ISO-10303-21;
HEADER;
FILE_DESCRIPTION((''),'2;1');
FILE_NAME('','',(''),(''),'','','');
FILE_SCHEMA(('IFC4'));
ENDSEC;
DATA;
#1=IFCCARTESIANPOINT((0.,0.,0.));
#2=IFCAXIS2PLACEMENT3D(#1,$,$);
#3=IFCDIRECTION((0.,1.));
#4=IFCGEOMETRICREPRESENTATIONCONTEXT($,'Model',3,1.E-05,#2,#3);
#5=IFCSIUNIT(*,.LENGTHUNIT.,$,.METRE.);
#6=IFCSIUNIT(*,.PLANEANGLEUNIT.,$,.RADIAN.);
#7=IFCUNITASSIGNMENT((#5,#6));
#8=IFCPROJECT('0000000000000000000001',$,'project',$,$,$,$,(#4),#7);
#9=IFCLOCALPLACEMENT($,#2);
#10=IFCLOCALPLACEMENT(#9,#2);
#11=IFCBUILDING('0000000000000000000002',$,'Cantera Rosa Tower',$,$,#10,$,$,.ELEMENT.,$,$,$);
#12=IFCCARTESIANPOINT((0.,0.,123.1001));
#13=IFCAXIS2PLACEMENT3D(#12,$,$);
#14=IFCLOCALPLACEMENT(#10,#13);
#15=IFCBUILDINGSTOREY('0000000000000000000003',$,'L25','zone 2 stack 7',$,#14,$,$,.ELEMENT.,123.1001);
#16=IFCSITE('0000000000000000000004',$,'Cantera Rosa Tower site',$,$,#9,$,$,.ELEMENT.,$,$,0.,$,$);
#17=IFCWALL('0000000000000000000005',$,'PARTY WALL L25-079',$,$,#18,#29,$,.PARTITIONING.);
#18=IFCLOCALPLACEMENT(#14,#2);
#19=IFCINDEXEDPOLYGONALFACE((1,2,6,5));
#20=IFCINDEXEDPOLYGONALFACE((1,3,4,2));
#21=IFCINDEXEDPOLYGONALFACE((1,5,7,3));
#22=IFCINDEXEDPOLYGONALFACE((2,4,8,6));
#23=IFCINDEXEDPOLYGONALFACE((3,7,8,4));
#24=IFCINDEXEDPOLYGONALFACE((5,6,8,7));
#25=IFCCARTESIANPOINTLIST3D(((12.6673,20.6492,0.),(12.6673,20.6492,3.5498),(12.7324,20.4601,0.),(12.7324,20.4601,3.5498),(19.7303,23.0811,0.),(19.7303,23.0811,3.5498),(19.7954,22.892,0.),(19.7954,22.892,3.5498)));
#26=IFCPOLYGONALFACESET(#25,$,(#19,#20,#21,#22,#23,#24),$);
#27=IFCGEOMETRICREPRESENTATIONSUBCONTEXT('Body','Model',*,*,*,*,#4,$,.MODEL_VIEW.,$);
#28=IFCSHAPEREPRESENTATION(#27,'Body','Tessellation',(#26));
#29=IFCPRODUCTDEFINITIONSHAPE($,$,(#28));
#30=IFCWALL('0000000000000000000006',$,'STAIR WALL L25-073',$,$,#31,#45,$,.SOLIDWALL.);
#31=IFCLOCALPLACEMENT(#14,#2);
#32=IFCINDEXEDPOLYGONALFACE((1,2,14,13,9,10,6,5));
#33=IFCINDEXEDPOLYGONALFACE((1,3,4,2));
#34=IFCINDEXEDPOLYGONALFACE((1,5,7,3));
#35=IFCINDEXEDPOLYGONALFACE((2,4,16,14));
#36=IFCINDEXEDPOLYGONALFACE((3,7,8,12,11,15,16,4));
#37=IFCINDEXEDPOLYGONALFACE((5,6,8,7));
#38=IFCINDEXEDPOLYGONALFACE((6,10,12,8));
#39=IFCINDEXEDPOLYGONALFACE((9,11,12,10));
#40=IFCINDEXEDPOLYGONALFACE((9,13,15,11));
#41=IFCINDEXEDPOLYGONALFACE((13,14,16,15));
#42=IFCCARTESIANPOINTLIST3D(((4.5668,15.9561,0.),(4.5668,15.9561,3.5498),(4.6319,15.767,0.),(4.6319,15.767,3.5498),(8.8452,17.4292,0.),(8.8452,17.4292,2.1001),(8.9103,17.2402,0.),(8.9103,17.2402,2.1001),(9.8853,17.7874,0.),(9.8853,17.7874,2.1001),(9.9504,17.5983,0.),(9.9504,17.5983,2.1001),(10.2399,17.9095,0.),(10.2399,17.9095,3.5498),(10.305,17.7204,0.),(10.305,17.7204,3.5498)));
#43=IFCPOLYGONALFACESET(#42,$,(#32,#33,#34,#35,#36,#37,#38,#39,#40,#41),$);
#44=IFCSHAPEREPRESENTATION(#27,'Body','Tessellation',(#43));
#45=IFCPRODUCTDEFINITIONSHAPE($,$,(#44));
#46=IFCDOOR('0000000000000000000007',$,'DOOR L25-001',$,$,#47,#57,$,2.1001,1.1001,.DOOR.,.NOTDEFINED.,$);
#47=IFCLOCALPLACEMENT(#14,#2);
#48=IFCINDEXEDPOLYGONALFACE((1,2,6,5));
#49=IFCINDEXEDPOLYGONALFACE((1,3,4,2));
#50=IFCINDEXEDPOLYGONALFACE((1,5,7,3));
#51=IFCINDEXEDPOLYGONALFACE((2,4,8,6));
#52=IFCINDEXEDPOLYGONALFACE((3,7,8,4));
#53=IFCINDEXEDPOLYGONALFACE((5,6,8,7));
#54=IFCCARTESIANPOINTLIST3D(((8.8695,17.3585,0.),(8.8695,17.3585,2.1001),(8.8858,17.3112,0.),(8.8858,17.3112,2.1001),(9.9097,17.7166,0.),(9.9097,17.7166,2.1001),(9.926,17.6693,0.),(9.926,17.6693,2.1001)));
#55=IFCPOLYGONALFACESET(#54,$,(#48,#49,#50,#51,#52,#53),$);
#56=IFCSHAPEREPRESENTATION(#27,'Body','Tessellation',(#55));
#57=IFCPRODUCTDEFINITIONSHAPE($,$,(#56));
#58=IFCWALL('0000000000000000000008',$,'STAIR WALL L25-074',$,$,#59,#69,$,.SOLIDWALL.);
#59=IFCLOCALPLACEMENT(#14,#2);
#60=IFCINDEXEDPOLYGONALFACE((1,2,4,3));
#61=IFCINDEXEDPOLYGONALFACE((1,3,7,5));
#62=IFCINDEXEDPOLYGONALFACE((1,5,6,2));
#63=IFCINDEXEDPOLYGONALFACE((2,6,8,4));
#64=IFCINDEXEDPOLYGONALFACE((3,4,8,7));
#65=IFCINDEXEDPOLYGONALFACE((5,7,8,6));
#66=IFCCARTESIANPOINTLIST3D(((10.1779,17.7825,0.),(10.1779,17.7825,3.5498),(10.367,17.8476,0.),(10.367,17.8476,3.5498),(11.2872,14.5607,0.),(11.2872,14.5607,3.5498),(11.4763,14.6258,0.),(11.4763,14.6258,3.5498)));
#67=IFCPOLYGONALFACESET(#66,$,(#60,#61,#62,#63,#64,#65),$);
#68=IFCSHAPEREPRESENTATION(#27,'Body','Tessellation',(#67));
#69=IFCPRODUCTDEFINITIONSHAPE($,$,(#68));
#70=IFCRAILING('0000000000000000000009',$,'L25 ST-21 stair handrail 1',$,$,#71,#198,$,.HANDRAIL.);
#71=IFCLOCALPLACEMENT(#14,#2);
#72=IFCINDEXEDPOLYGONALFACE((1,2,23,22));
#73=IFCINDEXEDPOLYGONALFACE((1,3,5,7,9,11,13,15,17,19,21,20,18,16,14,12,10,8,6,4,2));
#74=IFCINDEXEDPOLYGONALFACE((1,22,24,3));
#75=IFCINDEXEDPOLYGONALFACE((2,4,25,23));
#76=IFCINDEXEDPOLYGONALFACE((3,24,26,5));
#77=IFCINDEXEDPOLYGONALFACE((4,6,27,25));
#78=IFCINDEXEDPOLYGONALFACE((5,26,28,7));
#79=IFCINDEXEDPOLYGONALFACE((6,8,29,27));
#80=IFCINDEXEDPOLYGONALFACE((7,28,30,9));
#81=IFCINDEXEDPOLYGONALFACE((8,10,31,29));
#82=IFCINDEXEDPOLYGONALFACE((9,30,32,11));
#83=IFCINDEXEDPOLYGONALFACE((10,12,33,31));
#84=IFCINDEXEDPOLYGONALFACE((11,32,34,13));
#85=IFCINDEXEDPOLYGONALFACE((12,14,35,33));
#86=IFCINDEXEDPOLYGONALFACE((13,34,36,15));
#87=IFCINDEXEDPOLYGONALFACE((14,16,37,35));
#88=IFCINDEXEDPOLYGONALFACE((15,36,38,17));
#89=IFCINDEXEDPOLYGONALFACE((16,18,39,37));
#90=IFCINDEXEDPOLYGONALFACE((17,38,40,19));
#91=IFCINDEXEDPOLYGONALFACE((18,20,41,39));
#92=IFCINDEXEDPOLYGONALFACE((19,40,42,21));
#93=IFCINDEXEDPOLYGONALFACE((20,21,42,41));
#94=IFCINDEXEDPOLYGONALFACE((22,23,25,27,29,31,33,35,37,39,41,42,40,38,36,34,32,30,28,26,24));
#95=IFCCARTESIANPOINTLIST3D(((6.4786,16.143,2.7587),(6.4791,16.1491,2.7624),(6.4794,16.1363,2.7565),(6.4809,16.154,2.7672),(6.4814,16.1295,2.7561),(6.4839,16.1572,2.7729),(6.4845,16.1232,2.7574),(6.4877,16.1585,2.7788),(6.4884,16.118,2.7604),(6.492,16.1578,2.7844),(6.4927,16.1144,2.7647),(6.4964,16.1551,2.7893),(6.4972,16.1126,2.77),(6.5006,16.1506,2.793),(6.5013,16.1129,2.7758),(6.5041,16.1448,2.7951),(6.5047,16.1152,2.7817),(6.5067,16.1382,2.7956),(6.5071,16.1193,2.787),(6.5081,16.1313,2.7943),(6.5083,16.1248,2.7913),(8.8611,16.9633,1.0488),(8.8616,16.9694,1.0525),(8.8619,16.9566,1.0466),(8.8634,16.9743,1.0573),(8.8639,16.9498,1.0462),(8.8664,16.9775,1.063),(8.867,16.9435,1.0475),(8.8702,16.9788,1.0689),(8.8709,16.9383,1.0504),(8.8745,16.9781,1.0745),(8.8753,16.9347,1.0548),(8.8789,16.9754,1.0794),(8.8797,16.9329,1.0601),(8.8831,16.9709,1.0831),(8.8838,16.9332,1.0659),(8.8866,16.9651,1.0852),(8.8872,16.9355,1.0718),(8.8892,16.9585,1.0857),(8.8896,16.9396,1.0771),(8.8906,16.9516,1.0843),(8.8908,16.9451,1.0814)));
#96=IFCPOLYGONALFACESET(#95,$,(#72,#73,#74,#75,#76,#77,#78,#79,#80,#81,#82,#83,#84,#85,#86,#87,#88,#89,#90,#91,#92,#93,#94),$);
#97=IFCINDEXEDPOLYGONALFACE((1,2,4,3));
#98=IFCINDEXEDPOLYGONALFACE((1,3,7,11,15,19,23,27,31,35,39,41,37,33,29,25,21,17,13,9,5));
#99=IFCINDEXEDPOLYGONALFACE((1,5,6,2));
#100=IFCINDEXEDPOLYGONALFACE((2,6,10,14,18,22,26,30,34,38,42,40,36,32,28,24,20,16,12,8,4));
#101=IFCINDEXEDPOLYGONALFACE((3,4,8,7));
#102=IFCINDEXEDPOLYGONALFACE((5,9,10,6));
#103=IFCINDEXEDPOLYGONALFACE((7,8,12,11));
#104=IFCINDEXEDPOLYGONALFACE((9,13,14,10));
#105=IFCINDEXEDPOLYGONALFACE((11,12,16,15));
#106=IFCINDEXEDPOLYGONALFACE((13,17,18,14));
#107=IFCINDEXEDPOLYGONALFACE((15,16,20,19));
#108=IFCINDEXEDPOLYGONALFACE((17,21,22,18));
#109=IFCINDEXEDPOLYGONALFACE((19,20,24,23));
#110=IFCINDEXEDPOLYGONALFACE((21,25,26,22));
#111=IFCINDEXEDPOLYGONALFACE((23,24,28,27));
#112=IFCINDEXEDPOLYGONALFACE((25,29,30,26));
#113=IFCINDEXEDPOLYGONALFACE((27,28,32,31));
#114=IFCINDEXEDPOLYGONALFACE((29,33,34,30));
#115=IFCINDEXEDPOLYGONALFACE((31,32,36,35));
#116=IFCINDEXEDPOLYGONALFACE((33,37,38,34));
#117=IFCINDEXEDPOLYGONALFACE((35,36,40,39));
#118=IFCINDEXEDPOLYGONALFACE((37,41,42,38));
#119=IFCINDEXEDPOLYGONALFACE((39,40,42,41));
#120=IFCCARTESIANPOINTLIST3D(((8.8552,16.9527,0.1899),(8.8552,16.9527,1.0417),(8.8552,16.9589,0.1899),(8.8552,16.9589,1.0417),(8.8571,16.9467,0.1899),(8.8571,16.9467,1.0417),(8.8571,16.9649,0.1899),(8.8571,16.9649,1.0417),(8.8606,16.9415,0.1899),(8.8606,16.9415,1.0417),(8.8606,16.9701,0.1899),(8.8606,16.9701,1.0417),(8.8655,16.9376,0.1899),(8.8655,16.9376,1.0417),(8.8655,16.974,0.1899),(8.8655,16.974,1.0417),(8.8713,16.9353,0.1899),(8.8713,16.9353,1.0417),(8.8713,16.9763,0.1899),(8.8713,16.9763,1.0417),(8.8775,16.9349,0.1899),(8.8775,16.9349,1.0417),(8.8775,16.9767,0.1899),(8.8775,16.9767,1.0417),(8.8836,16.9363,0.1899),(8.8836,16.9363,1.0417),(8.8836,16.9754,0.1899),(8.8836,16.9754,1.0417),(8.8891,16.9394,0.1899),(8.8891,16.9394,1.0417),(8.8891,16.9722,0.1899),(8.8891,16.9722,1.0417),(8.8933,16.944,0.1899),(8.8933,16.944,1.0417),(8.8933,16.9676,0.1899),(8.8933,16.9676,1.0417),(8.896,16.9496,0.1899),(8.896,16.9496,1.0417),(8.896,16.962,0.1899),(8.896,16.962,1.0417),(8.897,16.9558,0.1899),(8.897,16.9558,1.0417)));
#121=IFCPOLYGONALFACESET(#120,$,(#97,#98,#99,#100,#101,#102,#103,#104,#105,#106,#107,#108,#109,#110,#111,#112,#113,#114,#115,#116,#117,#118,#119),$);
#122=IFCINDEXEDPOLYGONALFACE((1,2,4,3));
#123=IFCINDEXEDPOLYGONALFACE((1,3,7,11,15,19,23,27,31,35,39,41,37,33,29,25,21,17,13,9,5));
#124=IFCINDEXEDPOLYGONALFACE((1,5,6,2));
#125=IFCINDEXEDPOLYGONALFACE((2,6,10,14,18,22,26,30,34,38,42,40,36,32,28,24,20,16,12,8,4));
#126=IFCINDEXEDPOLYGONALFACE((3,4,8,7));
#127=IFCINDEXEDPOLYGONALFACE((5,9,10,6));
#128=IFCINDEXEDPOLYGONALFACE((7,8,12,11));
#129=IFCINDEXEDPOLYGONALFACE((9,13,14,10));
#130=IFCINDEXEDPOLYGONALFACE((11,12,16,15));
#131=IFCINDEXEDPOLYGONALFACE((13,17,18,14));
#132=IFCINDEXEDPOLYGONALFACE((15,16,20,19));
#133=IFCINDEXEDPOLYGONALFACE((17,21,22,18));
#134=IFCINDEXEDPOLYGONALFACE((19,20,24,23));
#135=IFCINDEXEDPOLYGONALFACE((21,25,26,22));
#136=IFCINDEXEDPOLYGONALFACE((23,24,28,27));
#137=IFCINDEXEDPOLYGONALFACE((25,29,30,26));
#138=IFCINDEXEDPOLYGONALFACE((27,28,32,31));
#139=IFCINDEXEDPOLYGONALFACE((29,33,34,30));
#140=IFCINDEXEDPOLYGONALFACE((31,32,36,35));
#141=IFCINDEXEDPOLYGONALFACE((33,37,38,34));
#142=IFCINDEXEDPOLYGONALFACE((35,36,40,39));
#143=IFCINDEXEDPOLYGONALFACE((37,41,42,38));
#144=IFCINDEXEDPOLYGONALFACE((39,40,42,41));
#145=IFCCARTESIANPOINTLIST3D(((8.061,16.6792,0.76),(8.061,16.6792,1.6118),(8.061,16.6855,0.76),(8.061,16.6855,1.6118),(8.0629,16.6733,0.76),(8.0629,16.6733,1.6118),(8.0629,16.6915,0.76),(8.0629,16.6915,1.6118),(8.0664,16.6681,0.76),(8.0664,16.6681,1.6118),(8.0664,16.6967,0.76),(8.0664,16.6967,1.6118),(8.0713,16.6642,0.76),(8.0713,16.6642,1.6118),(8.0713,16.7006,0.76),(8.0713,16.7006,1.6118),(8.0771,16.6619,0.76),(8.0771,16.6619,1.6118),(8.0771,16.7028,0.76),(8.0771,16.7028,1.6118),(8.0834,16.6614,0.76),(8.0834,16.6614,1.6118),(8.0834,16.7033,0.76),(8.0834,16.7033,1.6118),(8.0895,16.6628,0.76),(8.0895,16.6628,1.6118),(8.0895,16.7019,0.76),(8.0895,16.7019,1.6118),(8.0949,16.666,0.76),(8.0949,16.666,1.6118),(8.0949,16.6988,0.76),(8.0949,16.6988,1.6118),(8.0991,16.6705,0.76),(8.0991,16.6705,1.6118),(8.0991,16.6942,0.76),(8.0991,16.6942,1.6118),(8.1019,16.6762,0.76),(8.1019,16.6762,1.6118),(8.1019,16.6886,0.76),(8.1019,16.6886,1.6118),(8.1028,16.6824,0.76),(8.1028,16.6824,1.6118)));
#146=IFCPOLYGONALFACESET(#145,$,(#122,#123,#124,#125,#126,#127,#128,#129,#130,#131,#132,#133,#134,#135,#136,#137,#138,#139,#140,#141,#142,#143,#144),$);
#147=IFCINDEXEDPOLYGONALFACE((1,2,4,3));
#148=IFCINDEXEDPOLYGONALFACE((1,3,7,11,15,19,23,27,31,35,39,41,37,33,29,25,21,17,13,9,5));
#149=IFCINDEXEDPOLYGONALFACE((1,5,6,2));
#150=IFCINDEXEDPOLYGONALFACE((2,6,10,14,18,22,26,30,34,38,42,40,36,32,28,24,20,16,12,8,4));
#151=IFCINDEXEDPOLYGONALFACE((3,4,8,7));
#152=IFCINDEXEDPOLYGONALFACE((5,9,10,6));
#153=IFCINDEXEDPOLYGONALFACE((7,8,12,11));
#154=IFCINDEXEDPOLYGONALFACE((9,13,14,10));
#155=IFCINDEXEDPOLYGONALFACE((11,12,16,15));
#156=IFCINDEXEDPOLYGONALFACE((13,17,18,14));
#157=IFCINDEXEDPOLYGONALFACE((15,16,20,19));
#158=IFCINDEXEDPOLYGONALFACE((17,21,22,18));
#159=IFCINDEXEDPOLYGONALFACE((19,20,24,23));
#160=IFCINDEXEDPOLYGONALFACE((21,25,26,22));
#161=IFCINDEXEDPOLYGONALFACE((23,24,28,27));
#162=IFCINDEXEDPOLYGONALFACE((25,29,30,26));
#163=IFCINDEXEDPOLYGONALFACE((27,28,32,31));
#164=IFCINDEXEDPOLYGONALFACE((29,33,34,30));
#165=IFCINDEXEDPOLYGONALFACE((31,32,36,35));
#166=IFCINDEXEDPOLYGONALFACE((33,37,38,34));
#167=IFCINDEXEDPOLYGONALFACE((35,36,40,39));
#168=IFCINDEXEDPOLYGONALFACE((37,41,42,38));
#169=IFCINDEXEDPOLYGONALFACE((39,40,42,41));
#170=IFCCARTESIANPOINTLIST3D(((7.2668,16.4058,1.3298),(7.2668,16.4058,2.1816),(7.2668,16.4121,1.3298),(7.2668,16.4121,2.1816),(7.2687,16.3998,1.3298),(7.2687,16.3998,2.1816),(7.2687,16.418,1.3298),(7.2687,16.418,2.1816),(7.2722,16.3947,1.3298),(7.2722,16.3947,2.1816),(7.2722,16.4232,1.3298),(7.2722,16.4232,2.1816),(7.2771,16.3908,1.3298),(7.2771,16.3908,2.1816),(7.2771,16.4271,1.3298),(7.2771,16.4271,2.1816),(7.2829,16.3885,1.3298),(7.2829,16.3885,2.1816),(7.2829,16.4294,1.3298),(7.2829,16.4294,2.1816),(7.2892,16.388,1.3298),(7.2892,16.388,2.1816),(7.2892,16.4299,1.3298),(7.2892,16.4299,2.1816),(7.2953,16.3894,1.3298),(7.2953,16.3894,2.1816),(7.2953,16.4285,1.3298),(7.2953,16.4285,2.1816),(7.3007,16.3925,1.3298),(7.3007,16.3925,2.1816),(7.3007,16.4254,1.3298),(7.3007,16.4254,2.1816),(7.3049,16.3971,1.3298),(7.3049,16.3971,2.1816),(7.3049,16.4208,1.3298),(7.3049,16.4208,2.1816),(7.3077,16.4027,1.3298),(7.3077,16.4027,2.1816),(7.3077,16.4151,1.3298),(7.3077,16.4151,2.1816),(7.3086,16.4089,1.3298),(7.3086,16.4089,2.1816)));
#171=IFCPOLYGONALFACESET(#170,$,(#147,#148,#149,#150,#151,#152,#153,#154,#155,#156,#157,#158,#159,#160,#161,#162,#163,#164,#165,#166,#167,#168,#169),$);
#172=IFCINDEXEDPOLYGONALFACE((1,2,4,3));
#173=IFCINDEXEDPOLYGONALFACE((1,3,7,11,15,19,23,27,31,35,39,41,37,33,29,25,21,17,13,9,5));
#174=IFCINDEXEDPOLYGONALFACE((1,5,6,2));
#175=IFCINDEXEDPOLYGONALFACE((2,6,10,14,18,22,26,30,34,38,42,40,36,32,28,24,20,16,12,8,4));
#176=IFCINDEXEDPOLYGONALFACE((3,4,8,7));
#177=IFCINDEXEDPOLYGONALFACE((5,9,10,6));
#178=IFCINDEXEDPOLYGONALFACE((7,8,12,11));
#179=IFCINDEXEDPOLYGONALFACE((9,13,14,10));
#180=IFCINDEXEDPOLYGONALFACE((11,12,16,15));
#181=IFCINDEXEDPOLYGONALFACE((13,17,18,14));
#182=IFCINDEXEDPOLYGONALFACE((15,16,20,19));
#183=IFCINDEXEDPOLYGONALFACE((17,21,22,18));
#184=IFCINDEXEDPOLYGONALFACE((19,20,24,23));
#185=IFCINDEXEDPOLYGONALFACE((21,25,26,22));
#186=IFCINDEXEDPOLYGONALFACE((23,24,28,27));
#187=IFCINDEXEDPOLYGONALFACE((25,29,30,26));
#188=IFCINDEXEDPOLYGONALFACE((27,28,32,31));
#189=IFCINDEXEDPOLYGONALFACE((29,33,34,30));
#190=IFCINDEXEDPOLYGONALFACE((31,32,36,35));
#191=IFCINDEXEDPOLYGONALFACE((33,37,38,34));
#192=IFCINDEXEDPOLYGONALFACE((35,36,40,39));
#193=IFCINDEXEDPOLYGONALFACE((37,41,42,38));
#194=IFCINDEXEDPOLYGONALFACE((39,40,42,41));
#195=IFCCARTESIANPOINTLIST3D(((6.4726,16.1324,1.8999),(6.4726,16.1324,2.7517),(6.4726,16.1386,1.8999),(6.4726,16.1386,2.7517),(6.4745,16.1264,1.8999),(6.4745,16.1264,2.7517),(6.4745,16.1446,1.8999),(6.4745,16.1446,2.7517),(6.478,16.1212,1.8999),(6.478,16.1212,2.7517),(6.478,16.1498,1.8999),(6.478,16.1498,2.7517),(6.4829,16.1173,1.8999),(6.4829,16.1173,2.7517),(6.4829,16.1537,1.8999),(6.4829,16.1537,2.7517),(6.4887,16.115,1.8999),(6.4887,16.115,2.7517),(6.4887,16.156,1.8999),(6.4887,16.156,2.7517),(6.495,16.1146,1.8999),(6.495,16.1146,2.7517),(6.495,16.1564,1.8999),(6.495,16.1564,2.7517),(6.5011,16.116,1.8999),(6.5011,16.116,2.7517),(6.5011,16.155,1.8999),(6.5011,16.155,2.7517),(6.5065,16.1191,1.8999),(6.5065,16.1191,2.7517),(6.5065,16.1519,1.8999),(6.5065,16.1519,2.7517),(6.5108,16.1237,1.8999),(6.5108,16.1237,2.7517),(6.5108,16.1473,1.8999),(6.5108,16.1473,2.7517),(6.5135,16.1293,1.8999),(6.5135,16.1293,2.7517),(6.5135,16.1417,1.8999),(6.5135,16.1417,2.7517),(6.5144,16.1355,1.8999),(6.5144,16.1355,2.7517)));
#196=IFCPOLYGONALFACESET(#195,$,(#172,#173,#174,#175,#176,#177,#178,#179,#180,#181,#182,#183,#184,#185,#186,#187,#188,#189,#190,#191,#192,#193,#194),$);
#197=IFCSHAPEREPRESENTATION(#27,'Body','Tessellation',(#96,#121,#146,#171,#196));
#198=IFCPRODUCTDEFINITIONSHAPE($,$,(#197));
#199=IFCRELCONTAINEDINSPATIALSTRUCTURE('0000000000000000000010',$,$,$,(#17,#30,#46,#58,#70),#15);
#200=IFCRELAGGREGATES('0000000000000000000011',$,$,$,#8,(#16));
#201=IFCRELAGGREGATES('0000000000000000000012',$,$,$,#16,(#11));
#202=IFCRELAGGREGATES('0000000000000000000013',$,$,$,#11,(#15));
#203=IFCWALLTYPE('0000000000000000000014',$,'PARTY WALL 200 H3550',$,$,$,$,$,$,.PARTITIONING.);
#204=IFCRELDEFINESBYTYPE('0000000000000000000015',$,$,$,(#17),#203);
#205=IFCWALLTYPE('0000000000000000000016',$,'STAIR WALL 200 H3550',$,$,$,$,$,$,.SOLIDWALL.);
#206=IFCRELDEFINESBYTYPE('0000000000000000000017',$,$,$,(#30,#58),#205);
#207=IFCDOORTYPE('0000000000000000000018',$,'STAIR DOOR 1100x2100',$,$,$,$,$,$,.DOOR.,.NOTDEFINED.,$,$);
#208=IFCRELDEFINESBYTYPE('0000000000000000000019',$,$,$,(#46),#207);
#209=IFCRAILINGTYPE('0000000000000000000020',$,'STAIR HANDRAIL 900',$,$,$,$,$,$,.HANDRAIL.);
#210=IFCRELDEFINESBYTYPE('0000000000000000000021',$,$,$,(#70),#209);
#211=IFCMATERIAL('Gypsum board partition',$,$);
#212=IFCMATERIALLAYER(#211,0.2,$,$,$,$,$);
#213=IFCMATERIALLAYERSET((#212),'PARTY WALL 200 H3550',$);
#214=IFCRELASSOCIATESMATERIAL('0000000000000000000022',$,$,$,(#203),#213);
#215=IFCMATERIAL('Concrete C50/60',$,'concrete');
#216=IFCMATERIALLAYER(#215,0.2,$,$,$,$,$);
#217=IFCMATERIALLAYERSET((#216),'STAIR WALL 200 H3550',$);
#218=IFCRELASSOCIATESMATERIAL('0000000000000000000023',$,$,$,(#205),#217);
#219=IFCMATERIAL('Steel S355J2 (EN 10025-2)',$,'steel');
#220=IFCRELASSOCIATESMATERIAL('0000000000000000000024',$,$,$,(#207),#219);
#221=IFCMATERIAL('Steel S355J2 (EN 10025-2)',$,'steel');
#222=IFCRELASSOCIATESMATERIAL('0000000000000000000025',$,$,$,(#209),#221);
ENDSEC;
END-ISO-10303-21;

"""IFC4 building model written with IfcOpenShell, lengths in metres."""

from ifc_helpers import new_model, si_unit, direction, frame, frame_2d, origin, origin_2d, place, context, subcontext, project, spatial, rectangle, circle, extrude, material, layer, layer_set, type_object, element, fill, save


model = new_model("IFC4")

# Units and contexts
model_context = context("Model", 3, precision=1e-05, world=origin(), true_north=direction((0.0, 1.0)))
body_context = subcontext(model_context, "Body", "Model", "MODEL_VIEW")
ifc_project = project(units=[si_unit("LENGTHUNIT", "METRE"), si_unit("PLANEANGLEUNIT", "RADIAN")], contexts=[model_context])

# Site, building, storey
site_placement = place(None, origin())
site = spatial("IfcSite", under=ifc_project, at=site_placement, Name="Cantera Rosa Tower site", CompositionType="ELEMENT", RefElevation=0.0)
building_placement = place(site_placement, origin())
building = spatial("IfcBuilding", under=site, at=building_placement, Name="Cantera Rosa Tower", CompositionType="ELEMENT")
storey_placement = place(building_placement, frame((0.0, 0.0, 123.1001)))
storey = spatial("IfcBuildingStorey", under=building, at=storey_placement, Name="L25", Description="zone 2 stack 7", CompositionType="ELEMENT", Elevation=123.1001)

# Wall
ifc_material_1 = material(Name="Gypsum board partition")
ifc_layer_1 = layer(ifc_material_1, 0.2)
ifc_layer_set_1 = layer_set([ifc_layer_1], Name="PARTY WALL 200 H3550")
wall_type_1 = type_object("IfcWallType", Name="PARTY WALL 200 H3550", PredefinedType="PARTITIONING", material=ifc_layer_set_1)
wall_1_placement = place(storey_placement, frame((12.7, 20.5547, 0.0), z_axis=(0.0, 0.0, 1.0), x_axis=(0.945523, 0.325557, 0.0)))
element("IfcWall", 1, at=wall_1_placement, inside=storey, type_object=wall_type_1, Name="PARTY WALL L25-079", PredefinedType="PARTITIONING", context=body_context, shape_type="SweptSolid", body=[
    extrude(rectangle(XDim=7.47, YDim=0.2, at=frame_2d((3.7349, 0.0))), origin(), (0.0, 0.0, 1.0), 3.5498),
])

# Wall, opening, door
ifc_material_2 = material(Name="Concrete C50/60", Category="concrete")
ifc_layer_2 = layer(ifc_material_2, 0.2)
ifc_layer_set_2 = layer_set([ifc_layer_2], Name="STAIR WALL 200 H3550")
wall_type_2 = type_object("IfcWallType", Name="STAIR WALL 200 H3550", PredefinedType="SOLIDWALL", material=ifc_layer_set_2)
wall_2_placement = place(storey_placement, frame((10.2725, 17.8149, 0.0), z_axis=(0.0, 0.0, 1.0), x_axis=(-0.94552, -0.325563, 0.0)))
wall_2 = element("IfcWall", 2, at=wall_2_placement, inside=storey, type_object=wall_type_2, Name="STAIR WALL L25-073", PredefinedType="SOLIDWALL", context=body_context, shape_type="SweptSolid", body=[
    extrude(rectangle(XDim=6.0, YDim=0.2, at=frame_2d((3.0, 0.0))), origin(), (0.0, 0.0, 1.0), 3.5498),
])
opening_1_placement = place(wall_2_placement, frame((0.375, 0.0, 0.0)))
opening_1 = element("IfcOpeningElement", 3, at=opening_1_placement, cuts=wall_2, PredefinedType="OPENING", context=body_context, shape_type="SweptSolid", body=[
    extrude(rectangle(XDim=1.1001, YDim=2.1001, at=frame_2d((0.55, 1.05))), frame((0.0, 0.1099, 0.0), z_axis=(0.0, -1.0, 0.0), x_axis=(1.0, 0.0, 0.0)), (0.0, 0.0, 1.0), 0.22),
])
ifc_material_3 = material(Name="Steel S355J2 (EN 10025-2)", Category="steel")
door_type_1 = type_object("IfcDoorType", Name="STAIR DOOR 1100x2100", OperationType="NOTDEFINED", PredefinedType="DOOR", material=ifc_material_3)
door_1_placement = place(opening_1_placement, origin())
door_1 = element("IfcDoor", 4, at=door_1_placement, inside=storey, type_object=door_type_1, Name="DOOR L25-001", OperationType="NOTDEFINED", OverallHeight=2.1001, OverallWidth=1.1001, PredefinedType="DOOR", context=body_context, shape_type="SweptSolid", body=[
    extrude(rectangle(XDim=1.1001, YDim=2.1001, at=frame_2d((0.55, 1.05))), frame((0.0, 0.0249, 0.0), z_axis=(0.0, -1.0, 0.0), x_axis=(1.0, 0.0, 0.0)), (0.0, 0.0, 1.0), 0.05),
])
fill(opening_1, door_1)

# Wall
wall_3_placement = place(storey_placement, frame((10.2725, 17.8149, 0.0), z_axis=(0.0, 0.0, 1.0), x_axis=(0.325562, -0.945521, 0.0)))
element("IfcWall", 5, at=wall_3_placement, inside=storey, type_object=wall_type_2, Name="STAIR WALL L25-074", PredefinedType="SOLIDWALL", context=body_context, shape_type="SweptSolid", body=[
    extrude(rectangle(XDim=3.4075, YDim=0.2, at=frame_2d((1.7036, 0.0))), origin(), (0.0, 0.0, 1.0), 3.5498),
])

# Railing
ifc_material_4 = material(Name="Steel S355J2 (EN 10025-2)", Category="steel")
railing_type_1 = type_object("IfcRailingType", Name="STAIR HANDRAIL 900", PredefinedType="HANDRAIL", material=ifc_material_4)
railing_1_placement = place(storey_placement, frame((8.876, 16.9558, 0.1899)))
element("IfcRailing", 6, at=railing_1_placement, inside=storey, type_object=railing_type_1, Name="L25 ST-21 stair handrail 1", PredefinedType="HANDRAIL", context=body_context, shape_type="SweptSolid", body=[
    extrude(circle(Radius=0.0239, at=origin_2d()), frame((0.0, 0.0, 0.876), z_axis=(-0.78239, -0.269375, 0.561519), x_axis=(0.325543, -0.945527, 0.0)), (0.0, 0.0, 1.0), 3.0452),
    extrude(circle(Radius=0.021, at=origin_2d()), origin(), (0.0, 0.0, 1.0), 0.8518),
    extrude(circle(Radius=0.021, at=origin_2d()), frame((-0.7942, -0.2734, 0.5701)), (0.0, 0.0, 1.0), 0.8518),
    extrude(circle(Radius=0.021, at=origin_2d()), frame((-1.5884, -0.5469, 1.1399)), (0.0, 0.0, 1.0), 0.8518),
    extrude(circle(Radius=0.021, at=origin_2d()), frame((-2.3826, -0.8203, 1.71)), (0.0, 0.0, 1.0), 0.8518),
])

save(model, "model.ifc")
